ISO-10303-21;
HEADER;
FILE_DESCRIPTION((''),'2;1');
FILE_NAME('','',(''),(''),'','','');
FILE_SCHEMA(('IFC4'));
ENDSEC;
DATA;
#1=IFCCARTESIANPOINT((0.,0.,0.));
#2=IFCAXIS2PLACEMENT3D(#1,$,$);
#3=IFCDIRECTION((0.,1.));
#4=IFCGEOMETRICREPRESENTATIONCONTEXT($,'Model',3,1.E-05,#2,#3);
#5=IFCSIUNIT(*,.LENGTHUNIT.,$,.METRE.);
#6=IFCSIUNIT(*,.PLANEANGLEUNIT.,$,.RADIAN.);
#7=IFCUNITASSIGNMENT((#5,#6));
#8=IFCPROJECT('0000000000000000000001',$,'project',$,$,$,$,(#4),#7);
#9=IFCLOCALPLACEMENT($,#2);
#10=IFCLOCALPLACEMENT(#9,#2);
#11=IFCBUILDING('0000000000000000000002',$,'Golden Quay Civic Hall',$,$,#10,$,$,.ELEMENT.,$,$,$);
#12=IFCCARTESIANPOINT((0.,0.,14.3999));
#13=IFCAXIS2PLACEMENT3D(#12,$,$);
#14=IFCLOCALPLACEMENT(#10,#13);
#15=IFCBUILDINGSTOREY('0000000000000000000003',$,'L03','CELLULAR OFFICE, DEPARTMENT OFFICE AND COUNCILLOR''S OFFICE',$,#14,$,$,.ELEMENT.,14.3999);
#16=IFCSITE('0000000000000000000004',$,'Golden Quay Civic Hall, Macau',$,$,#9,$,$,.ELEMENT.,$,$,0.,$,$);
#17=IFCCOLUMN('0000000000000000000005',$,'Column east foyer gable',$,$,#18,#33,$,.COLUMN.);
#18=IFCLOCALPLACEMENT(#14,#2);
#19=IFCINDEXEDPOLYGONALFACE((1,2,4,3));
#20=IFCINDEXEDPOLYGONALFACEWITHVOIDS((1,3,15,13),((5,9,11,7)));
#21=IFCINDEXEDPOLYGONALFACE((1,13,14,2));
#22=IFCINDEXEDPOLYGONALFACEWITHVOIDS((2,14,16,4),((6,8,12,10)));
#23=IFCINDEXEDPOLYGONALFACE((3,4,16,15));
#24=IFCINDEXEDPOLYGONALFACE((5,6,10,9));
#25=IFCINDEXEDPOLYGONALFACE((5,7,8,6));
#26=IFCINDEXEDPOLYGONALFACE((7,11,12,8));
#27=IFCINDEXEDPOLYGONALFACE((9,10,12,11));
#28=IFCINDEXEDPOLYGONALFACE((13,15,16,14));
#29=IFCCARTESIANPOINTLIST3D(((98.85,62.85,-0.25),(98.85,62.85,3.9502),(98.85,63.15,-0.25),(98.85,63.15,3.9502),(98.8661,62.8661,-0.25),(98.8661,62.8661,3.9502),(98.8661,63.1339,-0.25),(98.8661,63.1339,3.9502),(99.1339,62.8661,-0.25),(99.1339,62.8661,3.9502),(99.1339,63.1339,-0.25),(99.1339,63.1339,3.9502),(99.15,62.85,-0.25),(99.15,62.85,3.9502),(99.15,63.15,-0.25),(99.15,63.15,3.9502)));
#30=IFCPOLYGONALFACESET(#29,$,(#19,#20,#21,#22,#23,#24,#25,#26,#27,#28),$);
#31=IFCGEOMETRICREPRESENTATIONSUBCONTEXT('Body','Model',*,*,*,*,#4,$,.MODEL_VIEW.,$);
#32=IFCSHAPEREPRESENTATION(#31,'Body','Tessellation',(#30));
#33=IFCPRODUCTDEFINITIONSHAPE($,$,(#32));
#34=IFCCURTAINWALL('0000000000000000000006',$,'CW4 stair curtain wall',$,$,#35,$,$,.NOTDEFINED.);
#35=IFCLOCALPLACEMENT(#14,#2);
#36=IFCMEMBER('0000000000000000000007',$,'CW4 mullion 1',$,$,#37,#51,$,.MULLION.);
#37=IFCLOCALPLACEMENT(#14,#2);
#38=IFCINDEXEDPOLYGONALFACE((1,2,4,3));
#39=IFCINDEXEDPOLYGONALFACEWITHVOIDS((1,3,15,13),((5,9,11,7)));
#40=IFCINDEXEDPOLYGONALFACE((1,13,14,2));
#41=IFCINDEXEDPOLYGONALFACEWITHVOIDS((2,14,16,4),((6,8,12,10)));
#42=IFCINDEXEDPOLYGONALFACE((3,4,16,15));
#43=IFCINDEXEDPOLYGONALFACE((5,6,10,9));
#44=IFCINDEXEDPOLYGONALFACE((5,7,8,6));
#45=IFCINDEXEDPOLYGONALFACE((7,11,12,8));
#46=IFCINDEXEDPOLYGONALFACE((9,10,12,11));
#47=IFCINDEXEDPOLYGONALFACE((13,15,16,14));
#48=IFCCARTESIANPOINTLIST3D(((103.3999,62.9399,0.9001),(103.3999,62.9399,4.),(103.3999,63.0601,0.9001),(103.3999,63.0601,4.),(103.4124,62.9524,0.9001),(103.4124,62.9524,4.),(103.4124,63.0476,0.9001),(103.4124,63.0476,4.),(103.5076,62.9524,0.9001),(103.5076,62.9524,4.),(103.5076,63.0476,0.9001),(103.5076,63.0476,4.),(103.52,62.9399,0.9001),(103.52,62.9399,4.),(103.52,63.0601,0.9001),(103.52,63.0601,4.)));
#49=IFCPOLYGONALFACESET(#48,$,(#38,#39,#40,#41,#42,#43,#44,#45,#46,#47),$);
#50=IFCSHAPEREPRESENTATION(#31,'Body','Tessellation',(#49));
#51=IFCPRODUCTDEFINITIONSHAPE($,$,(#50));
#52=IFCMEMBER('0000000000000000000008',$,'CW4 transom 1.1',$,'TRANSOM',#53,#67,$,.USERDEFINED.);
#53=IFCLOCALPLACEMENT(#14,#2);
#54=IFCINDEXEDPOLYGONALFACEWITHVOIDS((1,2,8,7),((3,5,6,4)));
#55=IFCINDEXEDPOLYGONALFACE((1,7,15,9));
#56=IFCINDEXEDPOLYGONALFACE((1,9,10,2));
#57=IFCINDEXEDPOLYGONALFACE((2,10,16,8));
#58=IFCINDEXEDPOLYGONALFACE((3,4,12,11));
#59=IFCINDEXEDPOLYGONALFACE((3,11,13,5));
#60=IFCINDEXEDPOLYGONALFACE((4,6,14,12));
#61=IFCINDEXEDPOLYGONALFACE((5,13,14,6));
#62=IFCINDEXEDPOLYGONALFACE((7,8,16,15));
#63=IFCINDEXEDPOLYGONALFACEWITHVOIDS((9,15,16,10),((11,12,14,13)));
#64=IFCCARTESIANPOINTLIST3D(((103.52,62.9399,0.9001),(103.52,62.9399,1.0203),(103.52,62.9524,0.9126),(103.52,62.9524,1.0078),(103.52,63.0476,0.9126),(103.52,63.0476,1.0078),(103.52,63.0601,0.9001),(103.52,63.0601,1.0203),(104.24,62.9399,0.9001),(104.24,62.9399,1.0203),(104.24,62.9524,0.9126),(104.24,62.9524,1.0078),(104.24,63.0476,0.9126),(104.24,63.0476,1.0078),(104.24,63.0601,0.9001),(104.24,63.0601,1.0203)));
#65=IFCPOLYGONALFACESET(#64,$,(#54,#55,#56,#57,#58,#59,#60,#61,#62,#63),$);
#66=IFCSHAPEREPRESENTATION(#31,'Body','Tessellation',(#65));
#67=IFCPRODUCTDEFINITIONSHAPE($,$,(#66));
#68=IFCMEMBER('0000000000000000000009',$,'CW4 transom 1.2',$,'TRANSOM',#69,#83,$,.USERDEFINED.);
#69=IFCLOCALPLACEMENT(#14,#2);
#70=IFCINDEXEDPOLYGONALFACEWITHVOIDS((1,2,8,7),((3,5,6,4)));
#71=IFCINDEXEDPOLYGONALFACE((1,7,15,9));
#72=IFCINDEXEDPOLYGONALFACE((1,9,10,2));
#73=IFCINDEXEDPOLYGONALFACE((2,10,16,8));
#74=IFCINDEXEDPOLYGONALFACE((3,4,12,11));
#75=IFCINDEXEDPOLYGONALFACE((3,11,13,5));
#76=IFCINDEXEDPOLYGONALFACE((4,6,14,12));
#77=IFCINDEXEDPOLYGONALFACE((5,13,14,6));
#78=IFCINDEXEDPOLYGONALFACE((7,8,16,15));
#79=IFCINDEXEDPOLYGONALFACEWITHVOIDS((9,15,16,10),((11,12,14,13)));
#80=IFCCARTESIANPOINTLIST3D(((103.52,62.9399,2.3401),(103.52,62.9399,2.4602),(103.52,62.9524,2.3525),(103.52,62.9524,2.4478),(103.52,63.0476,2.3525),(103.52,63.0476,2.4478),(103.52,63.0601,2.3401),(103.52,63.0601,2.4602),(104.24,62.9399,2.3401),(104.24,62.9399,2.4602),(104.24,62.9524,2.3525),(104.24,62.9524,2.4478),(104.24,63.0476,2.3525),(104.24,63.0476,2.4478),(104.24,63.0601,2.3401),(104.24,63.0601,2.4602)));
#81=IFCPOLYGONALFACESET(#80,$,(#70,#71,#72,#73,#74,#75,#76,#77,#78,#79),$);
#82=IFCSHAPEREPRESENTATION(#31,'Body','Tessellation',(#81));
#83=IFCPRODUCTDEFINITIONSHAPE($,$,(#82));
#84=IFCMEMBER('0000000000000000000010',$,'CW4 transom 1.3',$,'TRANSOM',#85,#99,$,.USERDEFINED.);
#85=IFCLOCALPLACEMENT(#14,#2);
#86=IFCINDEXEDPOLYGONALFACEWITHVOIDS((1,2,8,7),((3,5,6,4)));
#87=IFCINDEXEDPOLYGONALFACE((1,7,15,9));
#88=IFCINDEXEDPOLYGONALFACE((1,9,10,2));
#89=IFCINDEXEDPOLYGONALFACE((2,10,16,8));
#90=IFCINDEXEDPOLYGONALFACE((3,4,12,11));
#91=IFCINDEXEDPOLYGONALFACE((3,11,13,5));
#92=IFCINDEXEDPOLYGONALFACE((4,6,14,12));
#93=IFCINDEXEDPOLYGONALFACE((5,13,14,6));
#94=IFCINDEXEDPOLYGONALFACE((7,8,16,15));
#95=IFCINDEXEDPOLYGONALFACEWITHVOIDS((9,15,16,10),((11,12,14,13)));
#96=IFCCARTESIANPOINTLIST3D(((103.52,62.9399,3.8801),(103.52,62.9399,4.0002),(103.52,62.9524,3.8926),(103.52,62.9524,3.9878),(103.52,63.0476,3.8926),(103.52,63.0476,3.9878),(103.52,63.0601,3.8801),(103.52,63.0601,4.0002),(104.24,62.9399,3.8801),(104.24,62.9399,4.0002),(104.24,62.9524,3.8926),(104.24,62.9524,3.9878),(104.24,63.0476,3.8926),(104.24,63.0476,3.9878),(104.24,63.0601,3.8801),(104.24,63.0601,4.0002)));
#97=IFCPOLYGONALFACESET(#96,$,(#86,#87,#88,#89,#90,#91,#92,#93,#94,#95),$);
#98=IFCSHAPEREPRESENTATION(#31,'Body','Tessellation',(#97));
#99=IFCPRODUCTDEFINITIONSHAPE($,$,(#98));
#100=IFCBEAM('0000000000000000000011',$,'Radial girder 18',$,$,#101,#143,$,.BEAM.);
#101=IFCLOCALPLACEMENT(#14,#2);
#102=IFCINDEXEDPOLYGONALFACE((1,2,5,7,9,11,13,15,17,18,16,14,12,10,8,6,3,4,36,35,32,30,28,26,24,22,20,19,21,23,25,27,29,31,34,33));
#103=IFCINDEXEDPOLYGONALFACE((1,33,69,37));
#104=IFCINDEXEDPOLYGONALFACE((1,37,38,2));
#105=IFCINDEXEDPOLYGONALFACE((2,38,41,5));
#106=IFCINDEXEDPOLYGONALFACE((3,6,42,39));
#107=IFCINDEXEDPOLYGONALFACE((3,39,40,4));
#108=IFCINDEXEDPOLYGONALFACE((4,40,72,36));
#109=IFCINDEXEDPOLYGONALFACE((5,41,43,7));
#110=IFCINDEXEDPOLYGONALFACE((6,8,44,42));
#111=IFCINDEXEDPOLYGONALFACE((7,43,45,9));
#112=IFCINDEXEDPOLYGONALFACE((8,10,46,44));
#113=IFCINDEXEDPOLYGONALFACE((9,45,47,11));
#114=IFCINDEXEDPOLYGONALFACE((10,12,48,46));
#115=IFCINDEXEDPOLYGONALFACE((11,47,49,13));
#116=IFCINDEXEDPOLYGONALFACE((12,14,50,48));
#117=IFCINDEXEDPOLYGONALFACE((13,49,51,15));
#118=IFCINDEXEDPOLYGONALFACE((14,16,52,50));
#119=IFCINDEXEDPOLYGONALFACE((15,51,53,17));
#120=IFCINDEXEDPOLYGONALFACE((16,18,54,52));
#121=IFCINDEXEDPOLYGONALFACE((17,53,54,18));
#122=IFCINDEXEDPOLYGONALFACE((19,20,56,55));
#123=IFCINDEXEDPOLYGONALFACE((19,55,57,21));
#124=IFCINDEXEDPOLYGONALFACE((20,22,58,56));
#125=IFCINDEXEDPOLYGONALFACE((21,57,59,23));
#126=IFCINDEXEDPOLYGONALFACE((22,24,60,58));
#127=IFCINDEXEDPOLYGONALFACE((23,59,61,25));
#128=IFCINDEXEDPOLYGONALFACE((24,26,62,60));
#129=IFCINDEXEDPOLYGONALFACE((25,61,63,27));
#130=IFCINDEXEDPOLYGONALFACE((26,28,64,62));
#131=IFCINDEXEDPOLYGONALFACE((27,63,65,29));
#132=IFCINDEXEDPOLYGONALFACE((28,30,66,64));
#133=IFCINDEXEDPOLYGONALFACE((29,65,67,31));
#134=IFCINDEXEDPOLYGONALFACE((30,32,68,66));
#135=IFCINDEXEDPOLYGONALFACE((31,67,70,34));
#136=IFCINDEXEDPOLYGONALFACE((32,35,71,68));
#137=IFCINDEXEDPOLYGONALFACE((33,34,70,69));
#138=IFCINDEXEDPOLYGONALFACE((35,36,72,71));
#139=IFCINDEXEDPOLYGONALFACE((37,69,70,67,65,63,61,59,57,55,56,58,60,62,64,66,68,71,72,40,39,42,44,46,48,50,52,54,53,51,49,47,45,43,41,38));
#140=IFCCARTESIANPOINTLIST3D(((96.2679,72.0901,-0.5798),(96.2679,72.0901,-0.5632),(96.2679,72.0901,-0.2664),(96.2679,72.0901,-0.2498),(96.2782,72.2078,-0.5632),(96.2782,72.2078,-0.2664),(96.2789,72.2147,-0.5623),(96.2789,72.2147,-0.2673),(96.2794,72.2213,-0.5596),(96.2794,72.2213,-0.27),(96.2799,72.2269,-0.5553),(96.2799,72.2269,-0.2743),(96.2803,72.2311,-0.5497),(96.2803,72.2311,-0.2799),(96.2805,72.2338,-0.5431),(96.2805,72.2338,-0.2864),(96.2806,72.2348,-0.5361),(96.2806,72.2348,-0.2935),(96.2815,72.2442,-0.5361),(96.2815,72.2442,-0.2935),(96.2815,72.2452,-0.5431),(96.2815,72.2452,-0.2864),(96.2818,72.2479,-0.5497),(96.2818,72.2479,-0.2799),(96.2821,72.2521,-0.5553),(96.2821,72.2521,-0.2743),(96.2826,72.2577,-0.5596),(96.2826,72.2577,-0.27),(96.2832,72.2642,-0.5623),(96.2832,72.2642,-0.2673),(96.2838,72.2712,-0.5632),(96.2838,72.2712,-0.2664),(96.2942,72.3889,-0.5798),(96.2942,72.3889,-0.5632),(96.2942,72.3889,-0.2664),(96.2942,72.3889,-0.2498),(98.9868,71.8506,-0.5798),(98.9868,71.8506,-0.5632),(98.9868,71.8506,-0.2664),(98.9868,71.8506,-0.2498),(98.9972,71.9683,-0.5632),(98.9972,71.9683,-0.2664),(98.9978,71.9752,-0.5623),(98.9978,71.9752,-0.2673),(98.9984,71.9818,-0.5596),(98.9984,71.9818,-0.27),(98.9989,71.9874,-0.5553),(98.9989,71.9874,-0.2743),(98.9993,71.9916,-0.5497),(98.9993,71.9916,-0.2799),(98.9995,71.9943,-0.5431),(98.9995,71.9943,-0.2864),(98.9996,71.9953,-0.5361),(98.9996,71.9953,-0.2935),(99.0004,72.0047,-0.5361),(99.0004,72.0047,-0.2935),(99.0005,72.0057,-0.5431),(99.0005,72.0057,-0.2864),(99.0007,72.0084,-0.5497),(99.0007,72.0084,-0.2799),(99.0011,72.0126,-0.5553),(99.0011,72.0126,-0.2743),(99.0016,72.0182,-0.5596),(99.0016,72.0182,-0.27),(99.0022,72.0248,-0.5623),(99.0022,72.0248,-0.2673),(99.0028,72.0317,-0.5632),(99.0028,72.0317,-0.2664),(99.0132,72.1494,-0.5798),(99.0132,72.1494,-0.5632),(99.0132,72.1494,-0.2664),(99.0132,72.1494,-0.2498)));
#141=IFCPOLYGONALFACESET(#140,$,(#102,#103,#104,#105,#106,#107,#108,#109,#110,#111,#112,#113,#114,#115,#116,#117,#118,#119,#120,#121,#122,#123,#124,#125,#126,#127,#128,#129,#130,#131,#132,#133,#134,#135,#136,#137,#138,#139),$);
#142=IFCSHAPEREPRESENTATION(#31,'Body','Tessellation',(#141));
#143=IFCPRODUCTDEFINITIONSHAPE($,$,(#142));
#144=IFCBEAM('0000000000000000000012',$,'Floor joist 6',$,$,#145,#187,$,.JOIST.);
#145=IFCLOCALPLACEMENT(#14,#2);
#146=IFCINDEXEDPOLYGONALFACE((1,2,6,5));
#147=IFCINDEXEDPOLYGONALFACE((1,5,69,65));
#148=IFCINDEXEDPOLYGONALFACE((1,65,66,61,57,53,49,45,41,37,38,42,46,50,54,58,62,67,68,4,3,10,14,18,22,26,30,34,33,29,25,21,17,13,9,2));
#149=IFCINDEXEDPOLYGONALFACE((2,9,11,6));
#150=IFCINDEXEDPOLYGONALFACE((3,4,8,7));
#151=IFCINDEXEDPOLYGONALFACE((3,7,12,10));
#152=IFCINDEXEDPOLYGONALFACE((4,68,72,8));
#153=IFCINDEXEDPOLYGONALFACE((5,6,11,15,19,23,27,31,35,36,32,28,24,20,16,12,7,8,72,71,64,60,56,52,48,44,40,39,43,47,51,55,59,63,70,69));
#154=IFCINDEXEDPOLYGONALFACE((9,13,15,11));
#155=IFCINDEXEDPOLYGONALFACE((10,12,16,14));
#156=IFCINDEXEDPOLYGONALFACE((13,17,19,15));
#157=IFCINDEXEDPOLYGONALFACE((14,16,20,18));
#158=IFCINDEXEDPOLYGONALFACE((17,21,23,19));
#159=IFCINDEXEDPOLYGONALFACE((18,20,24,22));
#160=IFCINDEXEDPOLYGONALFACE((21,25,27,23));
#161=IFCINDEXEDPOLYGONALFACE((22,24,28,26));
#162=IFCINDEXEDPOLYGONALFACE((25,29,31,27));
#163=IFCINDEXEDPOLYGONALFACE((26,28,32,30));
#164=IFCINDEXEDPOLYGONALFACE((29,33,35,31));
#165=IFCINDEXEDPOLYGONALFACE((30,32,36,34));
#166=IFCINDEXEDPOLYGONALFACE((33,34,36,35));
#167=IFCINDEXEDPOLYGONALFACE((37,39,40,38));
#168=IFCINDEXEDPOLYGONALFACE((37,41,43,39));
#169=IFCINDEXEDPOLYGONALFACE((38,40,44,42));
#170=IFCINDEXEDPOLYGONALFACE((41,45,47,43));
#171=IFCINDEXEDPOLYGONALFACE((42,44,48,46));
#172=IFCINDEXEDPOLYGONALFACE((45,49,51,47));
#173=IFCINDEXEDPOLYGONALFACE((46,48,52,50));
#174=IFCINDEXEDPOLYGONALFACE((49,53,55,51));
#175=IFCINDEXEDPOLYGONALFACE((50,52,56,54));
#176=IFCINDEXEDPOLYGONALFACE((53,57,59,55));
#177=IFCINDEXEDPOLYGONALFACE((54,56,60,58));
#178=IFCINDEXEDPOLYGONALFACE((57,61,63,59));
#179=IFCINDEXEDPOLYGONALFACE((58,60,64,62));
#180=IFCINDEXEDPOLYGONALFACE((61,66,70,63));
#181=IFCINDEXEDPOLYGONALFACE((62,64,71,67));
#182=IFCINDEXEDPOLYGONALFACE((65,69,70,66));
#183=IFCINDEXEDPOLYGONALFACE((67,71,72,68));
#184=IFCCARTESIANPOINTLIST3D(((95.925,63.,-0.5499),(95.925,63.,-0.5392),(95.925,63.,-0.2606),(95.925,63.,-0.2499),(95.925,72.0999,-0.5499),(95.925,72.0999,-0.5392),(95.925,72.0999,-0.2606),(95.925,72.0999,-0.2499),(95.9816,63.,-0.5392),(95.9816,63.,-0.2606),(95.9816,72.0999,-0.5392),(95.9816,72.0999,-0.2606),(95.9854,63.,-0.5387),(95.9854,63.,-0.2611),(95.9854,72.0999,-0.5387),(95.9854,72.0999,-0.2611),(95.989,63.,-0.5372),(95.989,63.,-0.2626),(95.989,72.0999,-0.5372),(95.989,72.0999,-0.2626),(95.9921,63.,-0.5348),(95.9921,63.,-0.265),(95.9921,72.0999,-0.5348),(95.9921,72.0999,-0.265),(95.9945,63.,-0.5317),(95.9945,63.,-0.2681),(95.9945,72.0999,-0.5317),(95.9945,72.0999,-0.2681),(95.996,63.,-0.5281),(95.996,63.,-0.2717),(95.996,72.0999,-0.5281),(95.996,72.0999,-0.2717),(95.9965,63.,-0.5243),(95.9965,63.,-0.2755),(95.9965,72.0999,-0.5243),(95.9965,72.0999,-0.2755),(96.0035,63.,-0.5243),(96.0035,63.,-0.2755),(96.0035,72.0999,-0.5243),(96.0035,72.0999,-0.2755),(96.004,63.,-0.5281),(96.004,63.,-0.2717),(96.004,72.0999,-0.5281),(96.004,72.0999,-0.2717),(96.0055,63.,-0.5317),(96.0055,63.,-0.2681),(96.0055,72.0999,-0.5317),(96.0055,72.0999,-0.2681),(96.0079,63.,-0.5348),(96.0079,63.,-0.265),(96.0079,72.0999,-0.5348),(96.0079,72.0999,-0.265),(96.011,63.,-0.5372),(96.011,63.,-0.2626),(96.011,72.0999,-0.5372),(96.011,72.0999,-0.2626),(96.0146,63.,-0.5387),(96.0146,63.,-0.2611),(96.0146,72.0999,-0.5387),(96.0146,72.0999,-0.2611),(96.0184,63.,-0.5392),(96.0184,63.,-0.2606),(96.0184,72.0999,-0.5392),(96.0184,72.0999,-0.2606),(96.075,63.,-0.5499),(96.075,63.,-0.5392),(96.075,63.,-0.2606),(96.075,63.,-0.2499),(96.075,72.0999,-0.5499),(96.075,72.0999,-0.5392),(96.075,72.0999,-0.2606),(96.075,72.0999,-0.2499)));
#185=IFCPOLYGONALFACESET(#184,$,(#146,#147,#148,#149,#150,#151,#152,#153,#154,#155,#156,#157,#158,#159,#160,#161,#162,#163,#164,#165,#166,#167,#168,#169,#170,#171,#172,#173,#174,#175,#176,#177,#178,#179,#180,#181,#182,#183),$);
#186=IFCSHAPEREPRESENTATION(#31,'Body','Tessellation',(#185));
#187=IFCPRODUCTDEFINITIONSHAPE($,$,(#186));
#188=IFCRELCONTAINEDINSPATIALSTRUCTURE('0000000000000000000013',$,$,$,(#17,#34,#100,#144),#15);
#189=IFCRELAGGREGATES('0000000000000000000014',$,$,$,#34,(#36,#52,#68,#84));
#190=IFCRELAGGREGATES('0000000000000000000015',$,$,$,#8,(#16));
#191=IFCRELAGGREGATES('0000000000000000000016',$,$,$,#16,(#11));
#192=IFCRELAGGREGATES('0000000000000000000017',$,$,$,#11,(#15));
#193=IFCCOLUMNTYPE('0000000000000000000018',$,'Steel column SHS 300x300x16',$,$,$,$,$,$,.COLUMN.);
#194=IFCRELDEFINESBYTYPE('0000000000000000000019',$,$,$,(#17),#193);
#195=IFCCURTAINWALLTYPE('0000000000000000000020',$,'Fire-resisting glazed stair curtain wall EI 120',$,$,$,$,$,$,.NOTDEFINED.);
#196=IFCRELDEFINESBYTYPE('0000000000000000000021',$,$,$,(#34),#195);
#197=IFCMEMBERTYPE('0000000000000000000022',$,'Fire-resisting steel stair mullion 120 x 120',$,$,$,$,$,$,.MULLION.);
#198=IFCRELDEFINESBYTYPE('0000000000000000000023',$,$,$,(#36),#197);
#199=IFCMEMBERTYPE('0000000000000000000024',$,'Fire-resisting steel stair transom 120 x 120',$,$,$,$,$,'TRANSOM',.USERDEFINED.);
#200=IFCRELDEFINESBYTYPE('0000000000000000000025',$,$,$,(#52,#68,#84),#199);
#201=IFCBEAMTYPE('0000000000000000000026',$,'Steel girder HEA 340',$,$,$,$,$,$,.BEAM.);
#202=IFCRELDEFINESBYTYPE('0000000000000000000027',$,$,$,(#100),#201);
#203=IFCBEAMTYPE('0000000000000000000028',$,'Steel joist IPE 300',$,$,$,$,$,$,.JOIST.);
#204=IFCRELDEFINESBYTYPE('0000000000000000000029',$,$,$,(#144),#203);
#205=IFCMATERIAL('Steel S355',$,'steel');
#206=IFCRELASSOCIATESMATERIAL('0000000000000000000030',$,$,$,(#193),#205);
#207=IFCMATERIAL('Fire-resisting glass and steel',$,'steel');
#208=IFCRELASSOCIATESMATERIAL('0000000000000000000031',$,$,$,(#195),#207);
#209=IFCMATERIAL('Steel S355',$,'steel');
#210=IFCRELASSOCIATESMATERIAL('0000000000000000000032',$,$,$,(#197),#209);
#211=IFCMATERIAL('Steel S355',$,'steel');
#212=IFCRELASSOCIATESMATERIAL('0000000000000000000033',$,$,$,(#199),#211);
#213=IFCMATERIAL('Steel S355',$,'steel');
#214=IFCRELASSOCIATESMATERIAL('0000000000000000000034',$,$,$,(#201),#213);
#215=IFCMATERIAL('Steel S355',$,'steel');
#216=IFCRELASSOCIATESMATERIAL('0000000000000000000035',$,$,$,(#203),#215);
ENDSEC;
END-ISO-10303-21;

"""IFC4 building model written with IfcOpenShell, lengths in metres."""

from ifc_helpers import new_model, si_unit, direction, frame, origin, origin_2d, place, context, subcontext, project, spatial, hollow_rectangle, i_section, extrude, material, material_profile, profile_set, type_object, element, aggregate, save


model = new_model("IFC4")

# Units and contexts
model_context = context("Model", 3, precision=1e-05, world=origin(), true_north=direction((0.0, 1.0)))
body_context = subcontext(model_context, "Body", "Model", "MODEL_VIEW")
ifc_project = project(units=[si_unit("LENGTHUNIT", "METRE"), si_unit("PLANEANGLEUNIT", "RADIAN")], contexts=[model_context])

# Site, building, storey
site_placement = place(None, origin())
site = spatial("IfcSite", under=ifc_project, at=site_placement, Name="Golden Quay Civic Hall, Macau", CompositionType="ELEMENT", RefElevation=0.0)
building_placement = place(site_placement, origin())
building = spatial("IfcBuilding", under=site, at=building_placement, Name="Golden Quay Civic Hall", CompositionType="ELEMENT")
storey_placement = place(building_placement, frame((0.0, 0.0, 14.3999)))
storey = spatial("IfcBuildingStorey", under=building, at=storey_placement, Name="L03", Description="CELLULAR OFFICE, DEPARTMENT OFFICE AND COUNCILLOR'S OFFICE", CompositionType="ELEMENT", Elevation=14.3999)

# Column
ifc_material_1 = material(Name="Steel S355", Category="steel")
ifc_material_profile_1 = material_profile(ifc_material_1, hollow_rectangle(XDim=0.3, YDim=0.3, WallThickness=0.0161, at=origin_2d()), Name="SHS 300x300x16")
ifc_profile_set_1 = profile_set([ifc_material_profile_1], Name="Steel S355")
column_type = type_object("IfcColumnType", Name="Steel column SHS 300x300x16", PredefinedType="COLUMN", material=ifc_profile_set_1)
column_placement = place(storey_placement, frame((99.0, 63.0, -0.25), z_axis=(0.0, 0.0, 1.0), x_axis=(1.0, 0.0, 0.0)))
element("IfcColumn", 1, at=column_placement, inside=storey, type_object=column_type, Name="Column east foyer gable", PredefinedType="COLUMN", context=body_context, shape_type="SweptSolid", body=[
    extrude(hollow_rectangle(XDim=0.3, YDim=0.3, WallThickness=0.0161, at=origin_2d()), origin(), (0.0, 0.0, 1.0), 4.2002),
])

# Curtain wall, members
ifc_material_2 = material(Name="Fire-resisting glass and steel", Category="steel")
curtain_wall_type = type_object("IfcCurtainWallType", Name="Fire-resisting glazed stair curtain wall EI 120", PredefinedType="NOTDEFINED", material=ifc_material_2)
curtain_wall_placement = place(storey_placement, origin())
curtain_wall = element("IfcCurtainWall", 2, at=curtain_wall_placement, inside=storey, type_object=curtain_wall_type, Name="CW4 stair curtain wall", PredefinedType="NOTDEFINED")
ifc_material_3 = material(Name="Steel S355", Category="steel")
ifc_material_profile_2 = material_profile(ifc_material_3, hollow_rectangle(XDim=0.1201, YDim=0.1201, WallThickness=0.0125, at=origin_2d()), Name="SHS 120x120x12.5")
ifc_profile_set_2 = profile_set([ifc_material_profile_2], Name="Steel S355")
member_type_1 = type_object("IfcMemberType", Name="Fire-resisting steel stair mullion 120 x 120", PredefinedType="MULLION", material=ifc_profile_set_2)
member_1_placement = place(storey_placement, frame((103.46, 63.0, 0.9001), z_axis=(0.0, 0.0, 1.0), x_axis=(0.0, 1.0, 0.0)))
member_1 = element("IfcMember", 3, at=member_1_placement, type_object=member_type_1, Name="CW4 mullion 1", PredefinedType="MULLION", context=body_context, shape_type="SweptSolid", body=[
    extrude(hollow_rectangle(XDim=0.1201, YDim=0.1201, WallThickness=0.0125, at=origin_2d()), origin(), (0.0, 0.0, 1.0), 3.0999),
])
ifc_material_4 = material(Name="Steel S355", Category="steel")
ifc_material_profile_3 = material_profile(ifc_material_4, hollow_rectangle(XDim=0.1201, YDim=0.1201, WallThickness=0.0125, at=origin_2d()), Name="SHS 120x120x12.5")
ifc_profile_set_3 = profile_set([ifc_material_profile_3], Name="Steel S355")
member_type_2 = type_object("IfcMemberType", Name="Fire-resisting steel stair transom 120 x 120", ElementType="TRANSOM", PredefinedType="USERDEFINED", material=ifc_profile_set_3)
member_2_placement = place(storey_placement, frame((103.52, 63.0, 0.9602), z_axis=(1.0, 0.0, 0.0), x_axis=(0.0, 1.0, 0.0)))
member_2 = element("IfcMember", 4, at=member_2_placement, type_object=member_type_2, Name="CW4 transom 1.1", ObjectType="TRANSOM", PredefinedType="USERDEFINED", context=body_context, shape_type="SweptSolid", body=[
    extrude(hollow_rectangle(XDim=0.1201, YDim=0.1201, WallThickness=0.0125, at=origin_2d()), origin(), (0.0, 0.0, 1.0), 0.72),
])
member_3_placement = place(storey_placement, frame((103.52, 63.0, 2.4001), z_axis=(1.0, 0.0, 0.0), x_axis=(0.0, 1.0, 0.0)))
member_3 = element("IfcMember", 5, at=member_3_placement, type_object=member_type_2, Name="CW4 transom 1.2", ObjectType="TRANSOM", PredefinedType="USERDEFINED", context=body_context, shape_type="SweptSolid", body=[
    extrude(hollow_rectangle(XDim=0.1201, YDim=0.1201, WallThickness=0.0125, at=origin_2d()), origin(), (0.0, 0.0, 1.0), 0.72),
])
member_4_placement = place(storey_placement, frame((103.52, 63.0, 3.9402), z_axis=(1.0, 0.0, 0.0), x_axis=(0.0, 1.0, 0.0)))
member_4 = element("IfcMember", 6, at=member_4_placement, type_object=member_type_2, Name="CW4 transom 1.3", ObjectType="TRANSOM", PredefinedType="USERDEFINED", context=body_context, shape_type="SweptSolid", body=[
    extrude(hollow_rectangle(XDim=0.1201, YDim=0.1201, WallThickness=0.0125, at=origin_2d()), origin(), (0.0, 0.0, 1.0), 0.72),
])

# Beams
ifc_material_5 = material(Name="Steel S355", Category="steel")
ifc_material_profile_4 = material_profile(ifc_material_5, i_section(OverallWidth=0.3, OverallDepth=0.3301, WebThickness=0.0095, FlangeThickness=0.0166, FilletRadius=0.0271, at=origin_2d()), Name="HEA 340")
ifc_profile_set_4 = profile_set([ifc_material_profile_4], Name="Steel S355")
beam_type_1 = type_object("IfcBeamType", Name="Steel girder HEA 340", PredefinedType="BEAM", material=ifc_profile_set_4)
beam_1_placement = place(storey_placement, frame((99.0, 72.0, -0.4148), z_axis=(-0.996143, 0.087745, 0.0), x_axis=(-0.087745, -0.996143, 0.0)))
element("IfcBeam", 7, at=beam_1_placement, inside=storey, type_object=beam_type_1, Name="Radial girder 18", PredefinedType="BEAM", context=body_context, shape_type="SweptSolid", body=[
    extrude(i_section(OverallWidth=0.3, OverallDepth=0.3301, WebThickness=0.0095, FlangeThickness=0.0166, FilletRadius=0.0271, at=origin_2d()), origin(), (0.0, 0.0, 1.0), 2.7295),
])
ifc_material_6 = material(Name="Steel S355", Category="steel")
ifc_material_profile_5 = material_profile(ifc_material_6, i_section(OverallWidth=0.1499, OverallDepth=0.3, WebThickness=0.0071, FlangeThickness=0.0107, FilletRadius=0.0149, at=origin_2d()), Name="IPE 300")
ifc_profile_set_5 = profile_set([ifc_material_profile_5], Name="Steel S355")
beam_type_2 = type_object("IfcBeamType", Name="Steel joist IPE 300", PredefinedType="JOIST", material=ifc_profile_set_5)
beam_2_placement = place(storey_placement, frame((96.0, 63.0, -0.3999), z_axis=(0.0, 1.0, 0.0), x_axis=(-1.0, 0.0, 0.0)))
element("IfcBeam", 8, at=beam_2_placement, inside=storey, type_object=beam_type_2, Name="Floor joist 6", PredefinedType="JOIST", context=body_context, shape_type="SweptSolid", body=[
    extrude(i_section(OverallWidth=0.1499, OverallDepth=0.3, WebThickness=0.0071, FlangeThickness=0.0107, FilletRadius=0.0149, at=origin_2d()), origin(), (0.0, 0.0, 1.0), 9.0999),
])

aggregate(curtain_wall, [member_1, member_2, member_3, member_4])

save(model, "model.ifc")
